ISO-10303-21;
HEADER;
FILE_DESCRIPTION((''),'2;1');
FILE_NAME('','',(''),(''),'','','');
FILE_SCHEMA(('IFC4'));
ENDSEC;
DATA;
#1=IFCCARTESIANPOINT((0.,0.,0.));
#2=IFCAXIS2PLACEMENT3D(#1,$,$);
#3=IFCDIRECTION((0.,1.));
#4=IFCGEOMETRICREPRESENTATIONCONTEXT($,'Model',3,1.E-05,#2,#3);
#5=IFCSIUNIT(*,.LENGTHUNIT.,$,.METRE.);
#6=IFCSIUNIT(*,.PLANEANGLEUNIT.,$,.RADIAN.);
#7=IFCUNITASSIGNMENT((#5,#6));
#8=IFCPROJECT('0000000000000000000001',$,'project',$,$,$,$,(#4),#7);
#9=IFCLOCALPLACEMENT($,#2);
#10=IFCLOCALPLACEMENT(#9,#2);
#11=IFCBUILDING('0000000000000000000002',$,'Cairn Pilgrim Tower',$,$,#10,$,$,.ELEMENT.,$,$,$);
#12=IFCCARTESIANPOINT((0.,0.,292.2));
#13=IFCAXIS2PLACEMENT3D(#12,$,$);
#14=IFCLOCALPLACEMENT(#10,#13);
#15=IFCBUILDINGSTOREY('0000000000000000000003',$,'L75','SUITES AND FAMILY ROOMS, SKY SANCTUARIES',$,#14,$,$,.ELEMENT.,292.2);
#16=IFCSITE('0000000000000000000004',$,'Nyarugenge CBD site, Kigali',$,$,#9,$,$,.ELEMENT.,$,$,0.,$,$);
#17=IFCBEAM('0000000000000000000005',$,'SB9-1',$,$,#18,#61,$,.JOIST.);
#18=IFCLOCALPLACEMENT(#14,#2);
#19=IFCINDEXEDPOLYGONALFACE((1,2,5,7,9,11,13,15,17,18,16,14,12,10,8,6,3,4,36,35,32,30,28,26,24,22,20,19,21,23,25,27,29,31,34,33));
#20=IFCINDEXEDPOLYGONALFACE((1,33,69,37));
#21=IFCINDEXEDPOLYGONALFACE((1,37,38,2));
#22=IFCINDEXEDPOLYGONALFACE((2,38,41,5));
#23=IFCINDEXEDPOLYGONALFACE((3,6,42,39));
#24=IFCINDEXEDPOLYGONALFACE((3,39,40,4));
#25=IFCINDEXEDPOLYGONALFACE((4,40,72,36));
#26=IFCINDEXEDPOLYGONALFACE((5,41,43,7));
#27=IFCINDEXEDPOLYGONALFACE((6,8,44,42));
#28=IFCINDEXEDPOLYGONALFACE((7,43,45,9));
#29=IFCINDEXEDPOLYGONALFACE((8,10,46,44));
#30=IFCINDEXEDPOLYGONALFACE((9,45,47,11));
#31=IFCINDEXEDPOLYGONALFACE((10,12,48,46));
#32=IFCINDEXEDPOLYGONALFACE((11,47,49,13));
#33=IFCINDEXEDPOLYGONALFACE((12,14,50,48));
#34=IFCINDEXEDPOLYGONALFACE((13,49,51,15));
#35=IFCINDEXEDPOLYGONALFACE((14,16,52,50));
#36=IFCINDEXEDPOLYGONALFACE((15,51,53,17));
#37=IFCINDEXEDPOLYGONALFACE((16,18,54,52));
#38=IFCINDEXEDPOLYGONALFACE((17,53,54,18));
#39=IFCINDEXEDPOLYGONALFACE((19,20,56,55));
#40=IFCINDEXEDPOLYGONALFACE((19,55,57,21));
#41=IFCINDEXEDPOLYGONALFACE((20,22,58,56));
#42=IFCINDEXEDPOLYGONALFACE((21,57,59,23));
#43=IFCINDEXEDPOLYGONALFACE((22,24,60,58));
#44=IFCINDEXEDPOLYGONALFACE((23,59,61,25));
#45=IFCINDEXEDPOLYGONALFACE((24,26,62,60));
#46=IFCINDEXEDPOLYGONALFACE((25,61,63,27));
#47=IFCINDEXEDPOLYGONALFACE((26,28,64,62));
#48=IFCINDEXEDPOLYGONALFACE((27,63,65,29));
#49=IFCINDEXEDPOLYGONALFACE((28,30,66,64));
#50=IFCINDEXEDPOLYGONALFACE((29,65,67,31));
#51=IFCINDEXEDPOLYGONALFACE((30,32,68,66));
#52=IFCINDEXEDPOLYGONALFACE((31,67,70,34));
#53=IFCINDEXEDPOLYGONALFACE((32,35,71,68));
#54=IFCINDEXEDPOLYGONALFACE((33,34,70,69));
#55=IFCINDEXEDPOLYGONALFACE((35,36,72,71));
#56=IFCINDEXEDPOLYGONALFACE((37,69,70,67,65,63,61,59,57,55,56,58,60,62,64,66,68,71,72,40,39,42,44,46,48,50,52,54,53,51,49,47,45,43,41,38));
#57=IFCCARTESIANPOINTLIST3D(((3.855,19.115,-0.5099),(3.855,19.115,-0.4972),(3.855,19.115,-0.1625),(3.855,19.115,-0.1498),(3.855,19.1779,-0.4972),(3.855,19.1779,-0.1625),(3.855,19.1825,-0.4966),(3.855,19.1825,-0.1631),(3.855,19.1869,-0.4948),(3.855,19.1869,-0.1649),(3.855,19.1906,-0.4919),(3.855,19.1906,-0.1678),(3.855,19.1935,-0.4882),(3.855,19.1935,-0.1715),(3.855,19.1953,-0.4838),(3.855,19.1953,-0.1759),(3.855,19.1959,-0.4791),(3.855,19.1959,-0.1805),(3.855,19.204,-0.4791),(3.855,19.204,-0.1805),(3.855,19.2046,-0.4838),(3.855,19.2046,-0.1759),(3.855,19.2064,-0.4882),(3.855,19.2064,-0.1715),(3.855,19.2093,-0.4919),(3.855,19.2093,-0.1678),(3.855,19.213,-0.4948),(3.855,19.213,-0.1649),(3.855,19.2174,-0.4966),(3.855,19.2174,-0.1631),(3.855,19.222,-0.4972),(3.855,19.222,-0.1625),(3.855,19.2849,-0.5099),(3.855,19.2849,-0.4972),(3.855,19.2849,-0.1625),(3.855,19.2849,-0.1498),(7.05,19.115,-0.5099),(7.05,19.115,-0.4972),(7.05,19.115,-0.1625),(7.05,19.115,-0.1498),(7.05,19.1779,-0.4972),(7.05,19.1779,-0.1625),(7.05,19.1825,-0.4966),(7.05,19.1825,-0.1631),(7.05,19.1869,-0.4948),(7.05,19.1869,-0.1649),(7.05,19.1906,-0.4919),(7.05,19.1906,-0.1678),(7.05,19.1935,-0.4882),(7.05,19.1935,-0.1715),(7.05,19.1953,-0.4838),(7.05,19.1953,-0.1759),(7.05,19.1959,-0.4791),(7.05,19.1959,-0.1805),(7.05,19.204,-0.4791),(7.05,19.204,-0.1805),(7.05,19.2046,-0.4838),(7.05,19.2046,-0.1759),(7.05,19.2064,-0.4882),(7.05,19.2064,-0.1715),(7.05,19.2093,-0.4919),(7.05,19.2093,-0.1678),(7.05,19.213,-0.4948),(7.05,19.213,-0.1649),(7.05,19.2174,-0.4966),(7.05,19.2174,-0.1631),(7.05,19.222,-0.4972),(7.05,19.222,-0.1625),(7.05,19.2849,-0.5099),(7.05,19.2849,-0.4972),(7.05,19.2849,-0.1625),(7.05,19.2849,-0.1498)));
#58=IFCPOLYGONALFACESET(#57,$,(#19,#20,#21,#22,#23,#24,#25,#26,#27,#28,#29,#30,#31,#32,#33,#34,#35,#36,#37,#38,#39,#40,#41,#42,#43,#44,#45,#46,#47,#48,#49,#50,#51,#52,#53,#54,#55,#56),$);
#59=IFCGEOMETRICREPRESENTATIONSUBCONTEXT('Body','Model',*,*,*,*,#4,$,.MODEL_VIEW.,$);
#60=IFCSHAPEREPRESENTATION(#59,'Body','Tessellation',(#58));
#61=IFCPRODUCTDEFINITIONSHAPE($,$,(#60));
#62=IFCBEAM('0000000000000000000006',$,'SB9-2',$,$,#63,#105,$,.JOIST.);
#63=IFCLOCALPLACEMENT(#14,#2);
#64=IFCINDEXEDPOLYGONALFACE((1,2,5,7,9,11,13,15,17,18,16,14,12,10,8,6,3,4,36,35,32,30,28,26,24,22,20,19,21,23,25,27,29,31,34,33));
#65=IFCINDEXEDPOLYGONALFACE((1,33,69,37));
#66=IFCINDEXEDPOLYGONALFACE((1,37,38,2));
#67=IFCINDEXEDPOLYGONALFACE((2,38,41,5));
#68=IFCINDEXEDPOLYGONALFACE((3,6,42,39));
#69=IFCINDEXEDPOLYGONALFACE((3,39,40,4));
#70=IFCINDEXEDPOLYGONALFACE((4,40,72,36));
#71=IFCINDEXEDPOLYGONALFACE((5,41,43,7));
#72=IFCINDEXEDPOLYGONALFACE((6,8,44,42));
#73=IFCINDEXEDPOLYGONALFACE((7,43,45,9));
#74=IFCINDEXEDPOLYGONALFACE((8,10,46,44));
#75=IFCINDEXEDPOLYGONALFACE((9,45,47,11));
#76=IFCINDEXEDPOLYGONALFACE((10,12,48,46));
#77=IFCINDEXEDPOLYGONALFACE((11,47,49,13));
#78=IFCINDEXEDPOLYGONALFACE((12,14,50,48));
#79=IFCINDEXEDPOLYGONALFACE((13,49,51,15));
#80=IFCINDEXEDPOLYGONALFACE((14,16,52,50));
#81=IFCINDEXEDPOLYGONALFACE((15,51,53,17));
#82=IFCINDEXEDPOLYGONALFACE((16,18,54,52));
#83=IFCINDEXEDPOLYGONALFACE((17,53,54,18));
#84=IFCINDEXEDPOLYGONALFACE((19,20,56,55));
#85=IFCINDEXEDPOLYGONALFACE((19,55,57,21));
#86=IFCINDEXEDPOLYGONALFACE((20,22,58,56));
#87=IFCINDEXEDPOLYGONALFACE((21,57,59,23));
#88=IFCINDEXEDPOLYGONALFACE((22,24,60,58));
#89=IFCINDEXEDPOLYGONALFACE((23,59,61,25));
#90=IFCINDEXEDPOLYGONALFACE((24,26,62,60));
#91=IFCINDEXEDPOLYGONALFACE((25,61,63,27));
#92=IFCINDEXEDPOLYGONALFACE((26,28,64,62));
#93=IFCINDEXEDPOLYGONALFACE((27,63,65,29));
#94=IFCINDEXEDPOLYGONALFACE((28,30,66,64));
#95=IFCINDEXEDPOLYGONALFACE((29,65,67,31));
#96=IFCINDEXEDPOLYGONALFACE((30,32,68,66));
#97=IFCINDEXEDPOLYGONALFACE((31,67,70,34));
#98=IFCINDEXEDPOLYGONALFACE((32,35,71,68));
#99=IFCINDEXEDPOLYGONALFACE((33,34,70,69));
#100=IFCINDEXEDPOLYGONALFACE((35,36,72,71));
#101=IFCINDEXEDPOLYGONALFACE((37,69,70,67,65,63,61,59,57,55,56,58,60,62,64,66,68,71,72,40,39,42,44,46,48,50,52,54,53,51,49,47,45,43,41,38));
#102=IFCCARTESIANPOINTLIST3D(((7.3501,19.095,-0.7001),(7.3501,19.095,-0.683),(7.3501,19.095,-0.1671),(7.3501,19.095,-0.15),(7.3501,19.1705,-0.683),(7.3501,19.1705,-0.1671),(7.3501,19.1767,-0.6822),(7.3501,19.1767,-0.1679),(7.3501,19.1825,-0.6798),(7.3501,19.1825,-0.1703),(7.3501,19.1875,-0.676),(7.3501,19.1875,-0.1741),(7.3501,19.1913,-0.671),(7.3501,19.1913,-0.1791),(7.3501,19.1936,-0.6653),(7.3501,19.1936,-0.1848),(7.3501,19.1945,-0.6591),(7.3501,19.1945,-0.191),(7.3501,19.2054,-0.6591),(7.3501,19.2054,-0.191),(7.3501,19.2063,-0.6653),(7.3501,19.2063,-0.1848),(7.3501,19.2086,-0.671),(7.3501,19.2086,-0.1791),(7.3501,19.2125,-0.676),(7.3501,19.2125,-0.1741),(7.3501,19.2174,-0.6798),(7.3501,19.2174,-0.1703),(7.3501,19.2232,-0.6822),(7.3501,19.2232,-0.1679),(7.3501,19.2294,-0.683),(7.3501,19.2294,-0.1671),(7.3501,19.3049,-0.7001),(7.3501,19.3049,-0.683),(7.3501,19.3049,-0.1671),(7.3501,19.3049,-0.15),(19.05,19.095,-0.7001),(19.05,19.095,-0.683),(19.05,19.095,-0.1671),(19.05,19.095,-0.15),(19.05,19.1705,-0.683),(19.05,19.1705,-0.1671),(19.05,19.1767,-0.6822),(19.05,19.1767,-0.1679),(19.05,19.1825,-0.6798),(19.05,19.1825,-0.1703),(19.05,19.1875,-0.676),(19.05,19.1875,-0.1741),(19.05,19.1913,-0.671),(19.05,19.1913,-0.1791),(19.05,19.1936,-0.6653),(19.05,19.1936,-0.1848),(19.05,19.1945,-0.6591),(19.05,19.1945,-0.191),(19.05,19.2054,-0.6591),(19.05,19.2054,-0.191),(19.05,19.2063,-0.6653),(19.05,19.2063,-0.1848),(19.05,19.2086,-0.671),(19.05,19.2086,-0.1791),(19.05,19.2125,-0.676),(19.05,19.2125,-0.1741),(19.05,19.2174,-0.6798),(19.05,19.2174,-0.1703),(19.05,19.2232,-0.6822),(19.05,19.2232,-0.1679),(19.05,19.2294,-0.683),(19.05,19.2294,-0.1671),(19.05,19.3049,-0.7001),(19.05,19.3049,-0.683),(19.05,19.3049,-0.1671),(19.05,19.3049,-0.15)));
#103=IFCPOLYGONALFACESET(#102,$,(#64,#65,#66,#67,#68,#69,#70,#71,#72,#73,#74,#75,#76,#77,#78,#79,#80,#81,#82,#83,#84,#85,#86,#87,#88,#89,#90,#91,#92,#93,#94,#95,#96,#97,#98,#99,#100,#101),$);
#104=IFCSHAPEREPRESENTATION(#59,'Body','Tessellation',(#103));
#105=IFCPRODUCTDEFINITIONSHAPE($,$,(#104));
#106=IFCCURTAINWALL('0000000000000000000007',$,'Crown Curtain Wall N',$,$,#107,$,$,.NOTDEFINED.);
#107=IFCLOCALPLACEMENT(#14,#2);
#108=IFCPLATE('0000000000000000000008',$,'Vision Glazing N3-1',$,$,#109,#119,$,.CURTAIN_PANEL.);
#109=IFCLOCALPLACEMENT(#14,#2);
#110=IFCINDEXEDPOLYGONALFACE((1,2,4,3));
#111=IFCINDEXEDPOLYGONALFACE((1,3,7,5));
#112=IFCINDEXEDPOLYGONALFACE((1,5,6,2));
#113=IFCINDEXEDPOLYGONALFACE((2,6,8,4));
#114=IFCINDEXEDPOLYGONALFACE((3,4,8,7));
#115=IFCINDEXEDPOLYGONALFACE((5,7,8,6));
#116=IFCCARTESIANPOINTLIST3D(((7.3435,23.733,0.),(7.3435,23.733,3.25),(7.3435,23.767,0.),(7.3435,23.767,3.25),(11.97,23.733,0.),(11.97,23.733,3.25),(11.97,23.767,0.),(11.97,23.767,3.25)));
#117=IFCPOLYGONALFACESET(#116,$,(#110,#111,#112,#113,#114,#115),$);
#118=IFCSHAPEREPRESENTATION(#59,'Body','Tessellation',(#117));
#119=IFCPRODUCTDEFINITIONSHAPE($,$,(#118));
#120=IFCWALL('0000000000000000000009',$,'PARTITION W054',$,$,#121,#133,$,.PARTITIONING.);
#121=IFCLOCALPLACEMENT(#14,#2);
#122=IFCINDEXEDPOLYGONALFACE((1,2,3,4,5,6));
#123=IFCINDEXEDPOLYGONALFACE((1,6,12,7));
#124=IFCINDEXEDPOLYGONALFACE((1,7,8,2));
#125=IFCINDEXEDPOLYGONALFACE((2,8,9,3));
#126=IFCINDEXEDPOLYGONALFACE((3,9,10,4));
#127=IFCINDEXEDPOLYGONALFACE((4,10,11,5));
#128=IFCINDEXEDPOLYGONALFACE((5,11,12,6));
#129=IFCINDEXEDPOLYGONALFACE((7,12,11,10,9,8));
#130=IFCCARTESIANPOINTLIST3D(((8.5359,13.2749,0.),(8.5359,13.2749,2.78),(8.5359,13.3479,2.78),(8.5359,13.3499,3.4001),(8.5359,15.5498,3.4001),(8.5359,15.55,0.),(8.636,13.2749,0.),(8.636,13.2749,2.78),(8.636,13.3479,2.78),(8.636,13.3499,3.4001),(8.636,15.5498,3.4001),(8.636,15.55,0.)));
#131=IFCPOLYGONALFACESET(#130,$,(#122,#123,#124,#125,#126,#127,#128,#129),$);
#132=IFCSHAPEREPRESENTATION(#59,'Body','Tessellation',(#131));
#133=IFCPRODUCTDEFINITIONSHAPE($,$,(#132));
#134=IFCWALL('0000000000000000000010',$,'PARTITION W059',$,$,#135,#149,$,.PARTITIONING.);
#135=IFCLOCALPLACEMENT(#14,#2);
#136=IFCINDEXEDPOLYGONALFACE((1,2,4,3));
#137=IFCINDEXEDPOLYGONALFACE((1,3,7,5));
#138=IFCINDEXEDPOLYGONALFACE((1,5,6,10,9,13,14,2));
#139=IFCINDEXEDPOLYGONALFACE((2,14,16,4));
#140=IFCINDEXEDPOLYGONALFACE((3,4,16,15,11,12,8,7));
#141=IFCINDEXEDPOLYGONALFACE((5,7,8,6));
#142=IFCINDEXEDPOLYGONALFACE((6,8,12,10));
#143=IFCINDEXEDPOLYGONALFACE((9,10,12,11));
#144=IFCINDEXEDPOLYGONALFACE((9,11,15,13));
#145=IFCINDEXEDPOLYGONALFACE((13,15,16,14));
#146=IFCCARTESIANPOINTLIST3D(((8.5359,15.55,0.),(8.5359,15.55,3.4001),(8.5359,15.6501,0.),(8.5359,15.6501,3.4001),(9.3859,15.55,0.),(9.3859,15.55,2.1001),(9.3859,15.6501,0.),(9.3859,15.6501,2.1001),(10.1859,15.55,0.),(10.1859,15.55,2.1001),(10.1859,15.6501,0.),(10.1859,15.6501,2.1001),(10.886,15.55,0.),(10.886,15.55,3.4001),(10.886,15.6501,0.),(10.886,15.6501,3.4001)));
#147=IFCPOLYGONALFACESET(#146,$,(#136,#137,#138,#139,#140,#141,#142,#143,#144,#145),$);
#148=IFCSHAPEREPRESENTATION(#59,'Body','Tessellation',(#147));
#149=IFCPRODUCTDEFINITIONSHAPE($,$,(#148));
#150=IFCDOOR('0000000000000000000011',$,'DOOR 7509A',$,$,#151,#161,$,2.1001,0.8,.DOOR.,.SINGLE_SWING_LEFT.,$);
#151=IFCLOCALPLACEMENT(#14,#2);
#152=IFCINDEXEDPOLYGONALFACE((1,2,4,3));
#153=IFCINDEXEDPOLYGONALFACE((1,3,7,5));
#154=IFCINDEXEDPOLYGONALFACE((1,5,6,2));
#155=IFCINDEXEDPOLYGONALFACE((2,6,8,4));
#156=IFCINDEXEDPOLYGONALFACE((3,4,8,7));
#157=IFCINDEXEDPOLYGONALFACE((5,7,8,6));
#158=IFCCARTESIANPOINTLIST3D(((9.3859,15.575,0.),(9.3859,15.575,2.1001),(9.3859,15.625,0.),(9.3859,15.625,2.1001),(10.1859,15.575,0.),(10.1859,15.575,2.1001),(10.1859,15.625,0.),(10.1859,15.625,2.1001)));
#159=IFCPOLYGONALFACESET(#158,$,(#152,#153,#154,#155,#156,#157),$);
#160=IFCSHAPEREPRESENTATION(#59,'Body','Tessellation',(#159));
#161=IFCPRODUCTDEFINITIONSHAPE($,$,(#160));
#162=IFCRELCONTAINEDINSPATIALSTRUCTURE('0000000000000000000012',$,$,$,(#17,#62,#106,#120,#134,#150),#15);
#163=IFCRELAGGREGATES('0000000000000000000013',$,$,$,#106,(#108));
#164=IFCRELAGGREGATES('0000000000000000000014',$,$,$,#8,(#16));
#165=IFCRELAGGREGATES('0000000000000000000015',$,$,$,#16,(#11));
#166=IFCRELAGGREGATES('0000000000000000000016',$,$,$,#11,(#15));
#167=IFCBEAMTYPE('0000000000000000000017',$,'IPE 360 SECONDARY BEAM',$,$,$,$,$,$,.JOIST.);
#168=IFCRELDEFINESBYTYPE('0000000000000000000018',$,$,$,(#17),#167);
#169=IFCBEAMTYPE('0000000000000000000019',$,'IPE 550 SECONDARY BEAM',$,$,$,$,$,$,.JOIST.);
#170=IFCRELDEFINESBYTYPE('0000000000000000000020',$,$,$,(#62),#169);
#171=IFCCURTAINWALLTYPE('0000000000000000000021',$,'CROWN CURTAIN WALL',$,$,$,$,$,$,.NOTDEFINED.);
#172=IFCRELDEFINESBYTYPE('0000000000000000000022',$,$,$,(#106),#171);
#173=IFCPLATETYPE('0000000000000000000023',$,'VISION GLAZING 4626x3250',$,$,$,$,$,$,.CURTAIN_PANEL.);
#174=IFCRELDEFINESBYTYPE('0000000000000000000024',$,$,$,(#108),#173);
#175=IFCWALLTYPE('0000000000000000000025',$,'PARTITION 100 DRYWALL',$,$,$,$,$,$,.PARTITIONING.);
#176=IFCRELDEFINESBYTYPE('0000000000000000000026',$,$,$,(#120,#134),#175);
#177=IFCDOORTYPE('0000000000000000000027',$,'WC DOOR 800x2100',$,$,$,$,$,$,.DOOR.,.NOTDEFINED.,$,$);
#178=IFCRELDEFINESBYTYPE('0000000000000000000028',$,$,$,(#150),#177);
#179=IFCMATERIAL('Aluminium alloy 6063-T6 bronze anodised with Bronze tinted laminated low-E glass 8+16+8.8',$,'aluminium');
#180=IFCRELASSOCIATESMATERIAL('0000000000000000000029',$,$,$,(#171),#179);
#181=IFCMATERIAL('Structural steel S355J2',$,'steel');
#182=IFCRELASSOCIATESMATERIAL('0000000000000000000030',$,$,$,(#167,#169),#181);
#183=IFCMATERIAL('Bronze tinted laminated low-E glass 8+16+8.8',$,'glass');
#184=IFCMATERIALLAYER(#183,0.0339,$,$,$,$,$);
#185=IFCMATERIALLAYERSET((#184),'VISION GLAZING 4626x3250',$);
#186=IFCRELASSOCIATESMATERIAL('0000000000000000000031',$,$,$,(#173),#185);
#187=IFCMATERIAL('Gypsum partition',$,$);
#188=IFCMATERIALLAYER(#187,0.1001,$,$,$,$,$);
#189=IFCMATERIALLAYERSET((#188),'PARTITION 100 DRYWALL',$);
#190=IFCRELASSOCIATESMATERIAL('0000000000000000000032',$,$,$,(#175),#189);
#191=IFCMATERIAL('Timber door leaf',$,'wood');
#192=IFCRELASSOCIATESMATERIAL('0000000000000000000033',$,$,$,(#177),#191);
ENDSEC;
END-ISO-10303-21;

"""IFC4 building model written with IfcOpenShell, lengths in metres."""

from ifc_helpers import new_model, si_unit, direction, frame, frame_2d, origin, origin_2d, place, context, subcontext, project, spatial, polyline, rectangle, i_section, outline, extrude, material, layer, layer_set, material_profile, profile_set, type_object, element, fill, aggregate, save


model = new_model("IFC4")

# Units and contexts
model_context = context("Model", 3, precision=1e-05, world=origin(), true_north=direction((0.0, 1.0)))
body_context = subcontext(model_context, "Body", "Model", "MODEL_VIEW")
ifc_project = project(units=[si_unit("LENGTHUNIT", "METRE"), si_unit("PLANEANGLEUNIT", "RADIAN")], contexts=[model_context])

# Site, building, storey
site_placement = place(None, origin())
site = spatial("IfcSite", under=ifc_project, at=site_placement, Name="Nyarugenge CBD site, Kigali", CompositionType="ELEMENT", RefElevation=0.0)
building_placement = place(site_placement, origin())
building = spatial("IfcBuilding", under=site, at=building_placement, Name="Cairn Pilgrim Tower", CompositionType="ELEMENT")
storey_placement = place(building_placement, frame((0.0, 0.0, 292.2)))
storey = spatial("IfcBuildingStorey", under=building, at=storey_placement, Name="L75", Description="SUITES AND FAMILY ROOMS, SKY SANCTUARIES", CompositionType="ELEMENT", Elevation=292.2)

# Shared definitions
ifc_material_1 = material(Name="Structural steel S355J2", Category="steel")

# Shared definitions
ifc_material_2 = material(Name="Aluminium alloy 6063-T6 bronze anodised with Bronze tinted laminated low-E glass 8+16+8.8", Category="aluminium")
curtain_wall_type = type_object("IfcCurtainWallType", Name="CROWN CURTAIN WALL", PredefinedType="NOTDEFINED", material=ifc_material_2)

# Beams
ifc_material_profile_1 = material_profile(ifc_material_1, i_section(OverallWidth=0.1699, OverallDepth=0.3601, WebThickness=0.0081, FlangeThickness=0.0127, FilletRadius=0.0181, at=origin_2d()), Name="IPE 360")
ifc_profile_set_1 = profile_set([ifc_material_profile_1], Name="Structural steel S355J2")
beam_type_1 = type_object("IfcBeamType", Name="IPE 360 SECONDARY BEAM", PredefinedType="JOIST", material=ifc_profile_set_1)
beam_1_placement = place(storey_placement, frame((3.855, 19.2, -0.3298), z_axis=(1.0, 0.0, 0.0), x_axis=(0.0, 1.0, 0.0)))
element("IfcBeam", 1, at=beam_1_placement, inside=storey, type_object=beam_type_1, Name="SB9-1", PredefinedType="JOIST", context=body_context, shape_type="SweptSolid", body=[
    extrude(i_section(OverallWidth=0.1699, OverallDepth=0.3601, WebThickness=0.0081, FlangeThickness=0.0127, FilletRadius=0.0181, at=origin_2d()), origin(), (0.0, 0.0, 1.0), 3.1951),
])
ifc_material_profile_2 = material_profile(ifc_material_1, i_section(OverallWidth=0.21, OverallDepth=0.55, WebThickness=0.011, FlangeThickness=0.0171, FilletRadius=0.0239, at=origin_2d()), Name="IPE 550")
ifc_profile_set_2 = profile_set([ifc_material_profile_2], Name="Structural steel S355J2")
beam_type_2 = type_object("IfcBeamType", Name="IPE 550 SECONDARY BEAM", PredefinedType="JOIST", material=ifc_profile_set_2)
beam_2_placement = place(storey_placement, frame((7.3501, 19.2, -0.425), z_axis=(1.0, 0.0, 0.0), x_axis=(0.0, 1.0, 0.0)))
element("IfcBeam", 2, at=beam_2_placement, inside=storey, type_object=beam_type_2, Name="SB9-2", PredefinedType="JOIST", context=body_context, shape_type="SweptSolid", body=[
    extrude(i_section(OverallWidth=0.21, OverallDepth=0.55, WebThickness=0.011, FlangeThickness=0.0171, FilletRadius=0.0239, at=origin_2d()), origin(), (0.0, 0.0, 1.0), 11.7),
])

# Curtain wall, plate
curtain_wall_1_placement = place(storey_placement, origin())
curtain_wall_1 = element("IfcCurtainWall", 3, at=curtain_wall_1_placement, inside=storey, type_object=curtain_wall_type, Name="Crown Curtain Wall N", PredefinedType="NOTDEFINED")
ifc_material_3 = material(Name="Bronze tinted laminated low-E glass 8+16+8.8", Category="glass")
ifc_layer_1 = layer(ifc_material_3, 0.0339)
ifc_layer_set_1 = layer_set([ifc_layer_1], Name="VISION GLAZING 4626x3250")
plate_type = type_object("IfcPlateType", Name="VISION GLAZING 4626x3250", PredefinedType="CURTAIN_PANEL", material=ifc_layer_set_1)
plate_placement = place(storey_placement, frame((9.6567, 23.75, 0.0), z_axis=(0.0, 0.0, 1.0), x_axis=(-1.0, 0.0, 0.0)))
plate = element("IfcPlate", 4, at=plate_placement, type_object=plate_type, Name="Vision Glazing N3-1", PredefinedType="CURTAIN_PANEL", context=body_context, shape_type="SweptSolid", body=[
    extrude(rectangle(XDim=4.6265, YDim=0.0339, at=origin_2d()), origin(), (0.0, 0.0, 1.0), 3.25),
])
aggregate(curtain_wall_1, [plate])

# Wall
ifc_material_4 = material(Name="Gypsum partition")
ifc_layer_2 = layer(ifc_material_4, 0.1001)
ifc_layer_set_2 = layer_set([ifc_layer_2], Name="PARTITION 100 DRYWALL")
wall_type_1 = type_object("IfcWallType", Name="PARTITION 100 DRYWALL", PredefinedType="PARTITIONING", material=ifc_layer_set_2)
wall_1_placement = place(storey_placement, frame((8.5859, 13.2749, 0.0), z_axis=(0.0, 0.0, 1.0), x_axis=(0.0, 1.0, 0.0)))
element("IfcWall", 5, at=wall_1_placement, inside=storey, type_object=wall_type_1, Name="PARTITION W054", PredefinedType="PARTITIONING", context=body_context, shape_type="SweptSolid", body=[
    extrude(outline(polyline([(0.0, 0.0), (2.2751, 0.0), (2.2749, 3.4001), (0.075, 3.4001), (0.073, 2.78), (0.0, 2.78), (0.0, 0.0)])), frame((0.0, 0.05, 0.0), z_axis=(0.0, -1.0, 0.0), x_axis=(1.0, 0.0, 0.0)), (0.0, 0.0, 1.0), 0.1001),
])

# Wall, opening, door
wall_2_placement = place(storey_placement, frame((8.5359, 15.6001, 0.0), z_axis=(0.0, 0.0, 1.0), x_axis=(1.0, 0.0, 0.0)))
wall_2 = element("IfcWall", 6, at=wall_2_placement, inside=storey, type_object=wall_type_1, Name="PARTITION W059", PredefinedType="PARTITIONING", context=body_context, shape_type="SweptSolid", body=[
    extrude(rectangle(XDim=2.3501, YDim=0.1001, at=frame_2d((1.175, 0.0))), origin(), (0.0, 0.0, 1.0), 3.4001),
])
opening_1_placement = place(wall_2_placement, frame((0.8501, 0.0, 0.0)))
opening_1 = element("IfcOpeningElement", 7, at=opening_1_placement, cuts=wall_2, PredefinedType="OPENING", context=body_context, shape_type="SweptSolid", body=[
    extrude(rectangle(XDim=0.8, YDim=2.1001, at=frame_2d((0.3999, 1.05))), frame((0.0, 0.0601, 0.0), z_axis=(0.0, -1.0, 0.0), x_axis=(1.0, 0.0, 0.0)), (0.0, 0.0, 1.0), 0.1201),
])
ifc_material_5 = material(Name="Timber door leaf", Category="wood")
door_type_1 = type_object("IfcDoorType", Name="WC DOOR 800x2100", OperationType="NOTDEFINED", PredefinedType="DOOR", material=ifc_material_5)
door_1_placement = place(opening_1_placement, origin())
door_1 = element("IfcDoor", 8, at=door_1_placement, inside=storey, type_object=door_type_1, Name="DOOR 7509A", OperationType="SINGLE_SWING_LEFT", OverallHeight=2.1001, OverallWidth=0.8, PredefinedType="DOOR", context=body_context, shape_type="SweptSolid", body=[
    extrude(rectangle(XDim=0.8, YDim=2.1001, at=frame_2d((0.3999, 1.05))), frame((0.0, 0.0249, 0.0), z_axis=(0.0, -1.0, 0.0), x_axis=(1.0, 0.0, 0.0)), (0.0, 0.0, 1.0), 0.05),
])
fill(opening_1, door_1)

save(model, "model.ifc")
